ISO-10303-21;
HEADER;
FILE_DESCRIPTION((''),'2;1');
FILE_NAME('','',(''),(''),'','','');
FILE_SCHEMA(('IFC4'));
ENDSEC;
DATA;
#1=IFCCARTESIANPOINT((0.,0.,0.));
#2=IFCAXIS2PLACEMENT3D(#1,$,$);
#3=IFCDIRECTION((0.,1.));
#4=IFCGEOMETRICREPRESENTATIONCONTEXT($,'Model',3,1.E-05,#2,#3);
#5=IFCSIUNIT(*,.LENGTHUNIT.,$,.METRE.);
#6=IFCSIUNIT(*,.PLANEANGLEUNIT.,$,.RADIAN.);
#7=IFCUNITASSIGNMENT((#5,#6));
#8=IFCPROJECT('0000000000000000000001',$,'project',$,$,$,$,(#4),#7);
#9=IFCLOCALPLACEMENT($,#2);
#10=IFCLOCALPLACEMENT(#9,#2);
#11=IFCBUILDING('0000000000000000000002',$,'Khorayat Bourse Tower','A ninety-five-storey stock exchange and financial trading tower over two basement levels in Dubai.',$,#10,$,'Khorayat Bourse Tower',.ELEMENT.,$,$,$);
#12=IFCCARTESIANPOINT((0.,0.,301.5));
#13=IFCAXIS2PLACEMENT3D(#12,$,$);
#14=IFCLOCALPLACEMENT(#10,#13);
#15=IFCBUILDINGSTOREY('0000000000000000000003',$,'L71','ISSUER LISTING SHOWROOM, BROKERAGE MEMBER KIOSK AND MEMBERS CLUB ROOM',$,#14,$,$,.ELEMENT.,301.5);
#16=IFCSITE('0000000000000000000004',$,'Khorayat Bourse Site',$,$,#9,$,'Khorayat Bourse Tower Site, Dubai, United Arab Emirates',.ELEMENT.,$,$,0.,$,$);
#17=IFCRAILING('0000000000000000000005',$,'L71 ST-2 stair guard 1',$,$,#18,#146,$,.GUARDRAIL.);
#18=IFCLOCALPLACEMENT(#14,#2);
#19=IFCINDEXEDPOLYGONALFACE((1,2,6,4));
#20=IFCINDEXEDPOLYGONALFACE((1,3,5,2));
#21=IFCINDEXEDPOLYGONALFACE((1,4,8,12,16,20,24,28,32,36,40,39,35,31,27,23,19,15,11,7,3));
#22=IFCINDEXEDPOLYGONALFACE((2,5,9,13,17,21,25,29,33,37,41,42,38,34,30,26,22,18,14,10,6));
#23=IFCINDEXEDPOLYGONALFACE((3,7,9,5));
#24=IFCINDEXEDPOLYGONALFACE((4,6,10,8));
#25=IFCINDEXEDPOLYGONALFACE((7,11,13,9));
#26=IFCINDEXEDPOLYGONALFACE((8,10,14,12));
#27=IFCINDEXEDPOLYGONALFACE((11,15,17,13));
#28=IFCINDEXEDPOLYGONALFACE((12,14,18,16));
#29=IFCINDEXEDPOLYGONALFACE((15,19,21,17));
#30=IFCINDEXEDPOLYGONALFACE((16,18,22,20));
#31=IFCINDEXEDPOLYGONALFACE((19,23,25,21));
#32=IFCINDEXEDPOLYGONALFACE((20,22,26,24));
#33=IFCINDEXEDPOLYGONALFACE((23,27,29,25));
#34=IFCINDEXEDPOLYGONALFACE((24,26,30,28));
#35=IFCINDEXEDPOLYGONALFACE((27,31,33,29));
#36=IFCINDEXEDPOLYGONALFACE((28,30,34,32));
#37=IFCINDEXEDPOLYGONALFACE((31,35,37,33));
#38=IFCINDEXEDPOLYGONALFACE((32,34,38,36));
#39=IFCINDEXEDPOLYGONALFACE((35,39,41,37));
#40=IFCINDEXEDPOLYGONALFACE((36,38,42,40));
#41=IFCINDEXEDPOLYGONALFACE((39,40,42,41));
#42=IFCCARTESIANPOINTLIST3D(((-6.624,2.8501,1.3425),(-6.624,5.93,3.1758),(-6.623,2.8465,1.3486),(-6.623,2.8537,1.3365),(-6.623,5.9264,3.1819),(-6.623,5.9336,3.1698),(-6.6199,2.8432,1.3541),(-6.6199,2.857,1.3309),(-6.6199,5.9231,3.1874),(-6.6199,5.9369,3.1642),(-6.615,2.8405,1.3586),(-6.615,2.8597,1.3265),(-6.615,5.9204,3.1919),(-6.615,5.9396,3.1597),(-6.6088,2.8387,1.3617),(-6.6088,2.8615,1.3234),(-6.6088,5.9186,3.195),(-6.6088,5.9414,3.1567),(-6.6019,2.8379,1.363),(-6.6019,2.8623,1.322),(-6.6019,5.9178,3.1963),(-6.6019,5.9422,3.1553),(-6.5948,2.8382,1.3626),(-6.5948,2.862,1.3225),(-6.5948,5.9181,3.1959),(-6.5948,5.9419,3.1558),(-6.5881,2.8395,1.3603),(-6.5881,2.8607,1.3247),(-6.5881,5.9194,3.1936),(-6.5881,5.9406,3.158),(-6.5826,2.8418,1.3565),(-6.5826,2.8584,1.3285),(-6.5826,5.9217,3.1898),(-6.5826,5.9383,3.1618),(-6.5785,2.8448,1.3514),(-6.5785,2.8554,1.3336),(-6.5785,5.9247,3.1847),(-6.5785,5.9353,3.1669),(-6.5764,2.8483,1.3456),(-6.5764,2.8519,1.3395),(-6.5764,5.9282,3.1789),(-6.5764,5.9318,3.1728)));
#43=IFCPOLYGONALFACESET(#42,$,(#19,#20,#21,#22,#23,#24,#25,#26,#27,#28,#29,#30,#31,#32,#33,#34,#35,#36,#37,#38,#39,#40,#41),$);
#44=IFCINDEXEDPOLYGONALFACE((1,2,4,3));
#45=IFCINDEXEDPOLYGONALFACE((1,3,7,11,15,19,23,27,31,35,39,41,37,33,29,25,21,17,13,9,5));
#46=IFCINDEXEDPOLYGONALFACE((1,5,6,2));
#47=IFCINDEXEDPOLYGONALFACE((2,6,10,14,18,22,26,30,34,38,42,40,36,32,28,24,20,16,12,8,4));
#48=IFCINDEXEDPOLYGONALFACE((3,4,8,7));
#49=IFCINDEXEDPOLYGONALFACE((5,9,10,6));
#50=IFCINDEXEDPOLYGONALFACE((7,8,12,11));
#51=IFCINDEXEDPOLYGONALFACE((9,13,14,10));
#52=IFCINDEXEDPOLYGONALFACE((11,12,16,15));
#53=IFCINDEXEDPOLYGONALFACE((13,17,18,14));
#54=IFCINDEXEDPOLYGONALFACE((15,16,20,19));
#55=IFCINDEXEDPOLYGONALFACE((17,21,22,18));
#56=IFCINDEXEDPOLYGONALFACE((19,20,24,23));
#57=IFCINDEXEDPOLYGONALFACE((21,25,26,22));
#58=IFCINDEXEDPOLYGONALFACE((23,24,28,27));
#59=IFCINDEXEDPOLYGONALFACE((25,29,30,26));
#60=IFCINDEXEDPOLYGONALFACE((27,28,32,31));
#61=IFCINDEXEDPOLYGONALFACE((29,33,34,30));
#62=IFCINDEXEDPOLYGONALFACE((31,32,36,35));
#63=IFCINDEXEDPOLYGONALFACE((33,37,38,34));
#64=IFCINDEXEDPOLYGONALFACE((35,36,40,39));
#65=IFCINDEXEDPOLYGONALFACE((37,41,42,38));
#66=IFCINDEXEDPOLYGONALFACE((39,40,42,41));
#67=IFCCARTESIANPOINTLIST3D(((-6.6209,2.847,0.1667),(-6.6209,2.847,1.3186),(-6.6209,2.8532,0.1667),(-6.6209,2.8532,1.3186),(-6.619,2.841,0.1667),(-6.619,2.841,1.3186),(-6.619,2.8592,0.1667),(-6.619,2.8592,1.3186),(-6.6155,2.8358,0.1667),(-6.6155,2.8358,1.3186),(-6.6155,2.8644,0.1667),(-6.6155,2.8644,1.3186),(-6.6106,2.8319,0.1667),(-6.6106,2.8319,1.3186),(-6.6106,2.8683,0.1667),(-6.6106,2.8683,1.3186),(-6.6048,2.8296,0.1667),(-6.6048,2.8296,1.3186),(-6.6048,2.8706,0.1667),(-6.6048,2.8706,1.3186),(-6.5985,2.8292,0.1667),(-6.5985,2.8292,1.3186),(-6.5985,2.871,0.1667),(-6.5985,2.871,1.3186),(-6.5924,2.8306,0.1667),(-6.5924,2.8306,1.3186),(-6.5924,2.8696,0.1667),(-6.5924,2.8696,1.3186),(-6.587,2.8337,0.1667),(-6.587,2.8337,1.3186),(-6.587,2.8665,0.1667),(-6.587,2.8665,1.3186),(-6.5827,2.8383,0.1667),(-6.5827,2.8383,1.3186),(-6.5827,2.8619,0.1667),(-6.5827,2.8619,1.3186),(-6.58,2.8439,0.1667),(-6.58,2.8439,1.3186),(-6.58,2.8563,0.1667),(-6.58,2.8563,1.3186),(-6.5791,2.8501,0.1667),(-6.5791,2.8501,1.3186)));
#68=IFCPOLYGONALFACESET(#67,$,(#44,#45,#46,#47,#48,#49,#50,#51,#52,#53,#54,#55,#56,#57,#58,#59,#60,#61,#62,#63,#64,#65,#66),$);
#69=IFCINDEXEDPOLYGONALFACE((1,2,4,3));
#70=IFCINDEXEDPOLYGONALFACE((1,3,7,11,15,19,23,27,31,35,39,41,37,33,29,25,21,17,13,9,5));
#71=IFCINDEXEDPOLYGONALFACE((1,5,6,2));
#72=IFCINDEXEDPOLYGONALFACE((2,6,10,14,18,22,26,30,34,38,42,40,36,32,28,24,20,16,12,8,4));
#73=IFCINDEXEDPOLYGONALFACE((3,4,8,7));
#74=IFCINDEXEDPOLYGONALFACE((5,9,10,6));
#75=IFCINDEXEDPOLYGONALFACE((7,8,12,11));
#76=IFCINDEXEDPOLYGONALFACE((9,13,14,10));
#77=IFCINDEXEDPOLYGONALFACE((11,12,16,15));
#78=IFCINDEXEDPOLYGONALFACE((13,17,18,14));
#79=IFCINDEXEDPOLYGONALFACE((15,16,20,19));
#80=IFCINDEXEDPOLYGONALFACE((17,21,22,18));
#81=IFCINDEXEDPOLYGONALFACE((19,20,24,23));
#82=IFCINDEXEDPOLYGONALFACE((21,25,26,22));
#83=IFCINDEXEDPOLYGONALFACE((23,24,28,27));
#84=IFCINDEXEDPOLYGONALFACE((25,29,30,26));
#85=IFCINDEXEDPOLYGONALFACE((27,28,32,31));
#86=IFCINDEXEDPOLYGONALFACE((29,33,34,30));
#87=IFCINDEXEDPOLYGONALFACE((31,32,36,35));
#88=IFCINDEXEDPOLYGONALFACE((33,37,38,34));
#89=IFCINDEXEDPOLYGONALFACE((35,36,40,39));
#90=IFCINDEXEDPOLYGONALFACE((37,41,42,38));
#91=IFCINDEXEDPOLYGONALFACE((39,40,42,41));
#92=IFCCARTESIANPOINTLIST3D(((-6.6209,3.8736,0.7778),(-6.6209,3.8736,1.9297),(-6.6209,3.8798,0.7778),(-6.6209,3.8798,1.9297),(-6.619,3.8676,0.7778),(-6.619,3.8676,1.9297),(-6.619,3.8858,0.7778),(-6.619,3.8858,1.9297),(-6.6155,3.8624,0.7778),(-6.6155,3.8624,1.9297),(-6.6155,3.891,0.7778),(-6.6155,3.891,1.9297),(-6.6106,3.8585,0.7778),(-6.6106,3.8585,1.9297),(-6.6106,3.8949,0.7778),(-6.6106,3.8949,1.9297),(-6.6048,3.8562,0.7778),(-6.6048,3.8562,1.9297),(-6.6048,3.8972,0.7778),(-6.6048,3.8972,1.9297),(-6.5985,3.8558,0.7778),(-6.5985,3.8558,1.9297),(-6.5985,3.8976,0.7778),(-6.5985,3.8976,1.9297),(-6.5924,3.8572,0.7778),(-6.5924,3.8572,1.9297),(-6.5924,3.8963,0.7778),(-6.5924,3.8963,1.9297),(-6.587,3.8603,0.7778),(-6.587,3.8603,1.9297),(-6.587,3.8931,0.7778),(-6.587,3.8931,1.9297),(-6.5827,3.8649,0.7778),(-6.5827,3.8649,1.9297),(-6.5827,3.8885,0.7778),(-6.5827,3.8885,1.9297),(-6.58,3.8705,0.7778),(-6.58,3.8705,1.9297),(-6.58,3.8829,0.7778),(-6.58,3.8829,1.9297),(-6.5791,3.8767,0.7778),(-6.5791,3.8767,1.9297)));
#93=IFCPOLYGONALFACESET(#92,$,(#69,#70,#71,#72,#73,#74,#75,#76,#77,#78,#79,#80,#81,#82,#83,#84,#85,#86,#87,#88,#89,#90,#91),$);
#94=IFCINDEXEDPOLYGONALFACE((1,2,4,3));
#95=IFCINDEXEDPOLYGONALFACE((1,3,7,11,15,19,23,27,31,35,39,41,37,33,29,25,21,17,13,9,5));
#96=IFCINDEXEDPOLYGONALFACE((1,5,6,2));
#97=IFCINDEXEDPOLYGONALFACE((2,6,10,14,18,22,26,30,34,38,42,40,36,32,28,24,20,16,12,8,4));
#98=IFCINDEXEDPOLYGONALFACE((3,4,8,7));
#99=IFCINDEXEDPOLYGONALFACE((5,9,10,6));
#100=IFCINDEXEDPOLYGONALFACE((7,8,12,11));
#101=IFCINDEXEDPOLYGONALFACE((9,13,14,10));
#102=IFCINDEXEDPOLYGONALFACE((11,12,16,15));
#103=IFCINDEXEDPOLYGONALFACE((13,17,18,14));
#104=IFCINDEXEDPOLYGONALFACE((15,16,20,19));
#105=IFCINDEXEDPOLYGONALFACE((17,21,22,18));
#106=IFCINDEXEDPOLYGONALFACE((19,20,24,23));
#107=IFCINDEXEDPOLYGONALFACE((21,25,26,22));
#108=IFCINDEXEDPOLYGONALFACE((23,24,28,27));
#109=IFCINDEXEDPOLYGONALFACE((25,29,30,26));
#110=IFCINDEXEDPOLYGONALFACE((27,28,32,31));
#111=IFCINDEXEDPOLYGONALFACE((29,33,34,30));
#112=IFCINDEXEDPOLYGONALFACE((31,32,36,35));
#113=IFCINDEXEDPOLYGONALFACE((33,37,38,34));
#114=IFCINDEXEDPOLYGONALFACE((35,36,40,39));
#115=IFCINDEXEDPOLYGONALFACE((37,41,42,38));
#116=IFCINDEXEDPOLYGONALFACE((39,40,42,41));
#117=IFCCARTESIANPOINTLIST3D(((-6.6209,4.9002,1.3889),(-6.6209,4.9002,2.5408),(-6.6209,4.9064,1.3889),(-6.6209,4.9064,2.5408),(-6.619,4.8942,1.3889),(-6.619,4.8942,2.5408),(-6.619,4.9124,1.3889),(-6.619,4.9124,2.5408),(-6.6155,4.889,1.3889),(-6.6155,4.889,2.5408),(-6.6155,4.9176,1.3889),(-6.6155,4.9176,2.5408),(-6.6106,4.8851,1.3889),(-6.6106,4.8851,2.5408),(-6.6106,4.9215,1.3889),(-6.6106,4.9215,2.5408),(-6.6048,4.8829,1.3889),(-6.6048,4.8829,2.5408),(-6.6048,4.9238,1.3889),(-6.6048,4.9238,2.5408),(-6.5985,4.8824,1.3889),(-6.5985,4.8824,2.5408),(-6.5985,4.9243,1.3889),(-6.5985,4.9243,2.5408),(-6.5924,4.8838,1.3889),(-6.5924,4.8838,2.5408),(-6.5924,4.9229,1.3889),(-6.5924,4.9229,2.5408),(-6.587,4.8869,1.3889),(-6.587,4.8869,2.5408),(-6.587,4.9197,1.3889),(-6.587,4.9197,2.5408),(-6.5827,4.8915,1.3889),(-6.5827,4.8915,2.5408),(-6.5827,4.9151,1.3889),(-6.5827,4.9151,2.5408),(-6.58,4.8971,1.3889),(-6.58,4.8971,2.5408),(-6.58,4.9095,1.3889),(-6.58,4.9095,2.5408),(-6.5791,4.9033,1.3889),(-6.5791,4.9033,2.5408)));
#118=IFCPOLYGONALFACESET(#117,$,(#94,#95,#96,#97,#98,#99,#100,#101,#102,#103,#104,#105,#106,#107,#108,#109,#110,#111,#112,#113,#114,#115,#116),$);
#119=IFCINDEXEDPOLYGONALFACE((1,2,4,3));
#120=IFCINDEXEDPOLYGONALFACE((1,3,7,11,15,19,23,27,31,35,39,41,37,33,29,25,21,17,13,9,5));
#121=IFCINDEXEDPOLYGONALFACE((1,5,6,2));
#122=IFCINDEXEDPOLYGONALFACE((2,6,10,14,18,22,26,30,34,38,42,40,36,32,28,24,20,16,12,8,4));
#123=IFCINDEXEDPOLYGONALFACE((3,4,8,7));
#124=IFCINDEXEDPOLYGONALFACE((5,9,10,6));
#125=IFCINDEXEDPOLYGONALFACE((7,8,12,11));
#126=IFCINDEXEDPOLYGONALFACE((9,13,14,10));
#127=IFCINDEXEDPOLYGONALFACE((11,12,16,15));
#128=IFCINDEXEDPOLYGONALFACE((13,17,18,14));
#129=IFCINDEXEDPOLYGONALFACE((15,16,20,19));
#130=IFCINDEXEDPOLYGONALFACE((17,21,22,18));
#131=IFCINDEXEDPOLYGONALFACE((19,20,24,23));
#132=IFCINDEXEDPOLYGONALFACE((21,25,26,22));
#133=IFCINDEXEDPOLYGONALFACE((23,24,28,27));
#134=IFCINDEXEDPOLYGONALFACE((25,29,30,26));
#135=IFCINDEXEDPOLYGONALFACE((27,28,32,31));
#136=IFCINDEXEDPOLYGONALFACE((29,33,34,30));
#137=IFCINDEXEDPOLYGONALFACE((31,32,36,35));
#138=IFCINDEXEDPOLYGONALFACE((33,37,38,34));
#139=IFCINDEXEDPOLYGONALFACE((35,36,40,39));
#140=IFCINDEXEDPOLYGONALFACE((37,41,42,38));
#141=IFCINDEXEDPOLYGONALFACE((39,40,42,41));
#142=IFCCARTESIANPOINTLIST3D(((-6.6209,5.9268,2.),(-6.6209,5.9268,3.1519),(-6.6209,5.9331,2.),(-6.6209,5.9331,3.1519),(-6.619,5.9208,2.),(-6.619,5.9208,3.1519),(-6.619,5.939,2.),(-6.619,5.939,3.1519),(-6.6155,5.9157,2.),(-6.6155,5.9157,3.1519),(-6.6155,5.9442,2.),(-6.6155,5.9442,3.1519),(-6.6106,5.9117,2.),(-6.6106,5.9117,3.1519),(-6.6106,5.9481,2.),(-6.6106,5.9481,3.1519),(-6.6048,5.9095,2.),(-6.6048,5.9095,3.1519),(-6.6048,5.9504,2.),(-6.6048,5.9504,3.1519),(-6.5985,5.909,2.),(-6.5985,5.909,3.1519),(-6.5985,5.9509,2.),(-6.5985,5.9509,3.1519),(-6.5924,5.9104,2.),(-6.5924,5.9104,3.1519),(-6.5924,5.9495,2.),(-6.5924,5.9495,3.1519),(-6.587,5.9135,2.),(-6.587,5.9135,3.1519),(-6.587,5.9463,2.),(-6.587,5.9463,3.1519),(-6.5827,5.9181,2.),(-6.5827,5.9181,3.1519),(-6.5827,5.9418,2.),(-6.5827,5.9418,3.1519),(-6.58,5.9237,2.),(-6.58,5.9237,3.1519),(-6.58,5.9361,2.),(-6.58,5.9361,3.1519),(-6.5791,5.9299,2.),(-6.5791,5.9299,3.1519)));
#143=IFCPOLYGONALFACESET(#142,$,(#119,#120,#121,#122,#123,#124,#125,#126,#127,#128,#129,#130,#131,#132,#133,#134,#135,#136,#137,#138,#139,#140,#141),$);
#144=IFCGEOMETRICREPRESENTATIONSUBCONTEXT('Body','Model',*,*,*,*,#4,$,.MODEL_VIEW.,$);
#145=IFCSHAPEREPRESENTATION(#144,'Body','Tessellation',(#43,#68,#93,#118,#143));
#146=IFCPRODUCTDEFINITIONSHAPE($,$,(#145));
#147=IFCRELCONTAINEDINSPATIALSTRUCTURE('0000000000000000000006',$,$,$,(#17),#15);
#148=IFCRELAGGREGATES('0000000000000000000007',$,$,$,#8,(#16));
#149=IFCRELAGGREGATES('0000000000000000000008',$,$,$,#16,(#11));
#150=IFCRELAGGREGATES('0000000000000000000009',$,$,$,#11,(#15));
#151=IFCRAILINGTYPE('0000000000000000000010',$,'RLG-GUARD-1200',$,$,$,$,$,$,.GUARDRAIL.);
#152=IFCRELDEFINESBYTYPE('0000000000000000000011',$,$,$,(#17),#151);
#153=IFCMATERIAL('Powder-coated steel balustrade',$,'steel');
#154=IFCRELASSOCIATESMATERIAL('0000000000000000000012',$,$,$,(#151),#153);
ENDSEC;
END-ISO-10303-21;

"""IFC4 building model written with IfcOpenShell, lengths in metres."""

from ifc_helpers import new_model, si_unit, direction, frame, origin, origin_2d, place, context, subcontext, project, spatial, circle, extrude, source, transform, mapped, material, type_object, element, save


model = new_model("IFC4")

# Units and contexts
model_context = context("Model", 3, precision=1e-05, world=origin(), true_north=direction((0.0, 1.0)))
body_context = subcontext(model_context, "Body", "Model", "MODEL_VIEW")
ifc_project = project(units=[si_unit("LENGTHUNIT", "METRE"), si_unit("PLANEANGLEUNIT", "RADIAN")], contexts=[model_context])

# Site, building, storey
site_placement = place(None, origin())
site = spatial("IfcSite", under=ifc_project, at=site_placement, Name="Khorayat Bourse Site", LongName="Khorayat Bourse Tower Site, Dubai, United Arab Emirates", CompositionType="ELEMENT", RefElevation=0.0)
building_placement = place(site_placement, origin())
building = spatial("IfcBuilding", under=site, at=building_placement, Name="Khorayat Bourse Tower", Description="A ninety-five-storey stock exchange and financial trading tower over two basement levels in Dubai.", LongName="Khorayat Bourse Tower", CompositionType="ELEMENT")
storey_placement = place(building_placement, frame((0.0, 0.0, 301.5)))
storey = spatial("IfcBuildingStorey", under=building, at=storey_placement, Name="L71", Description="ISSUER LISTING SHOWROOM, BROKERAGE MEMBER KIOSK AND MEMBERS CLUB ROOM", CompositionType="ELEMENT", Elevation=301.5)

# Railing
ifc_material_1 = material(Name="Powder-coated steel balustrade", Category="steel")
railing_type_1 = type_object("IfcRailingType", Name="RLG-GUARD-1200", PredefinedType="GUARDRAIL", material=ifc_material_1)
shared_shape_1 = source(origin(), body_context, "Body", "SweptSolid", [
    extrude(circle(Radius=0.0239, at=origin_2d()), frame((0.0, 0.0, 1.1758), z_axis=(0.0, 0.859291, 0.511487), x_axis=(-1.0, 0.0, 0.0)), (0.0, 0.0, 1.0), 3.5842),
    extrude(circle(Radius=0.021, at=origin_2d()), origin(), (0.0, 0.0, 1.0), 1.1519),
    extrude(circle(Radius=0.021, at=origin_2d()), frame((0.0, 1.0266, 0.6111)), (0.0, 0.0, 1.0), 1.1519),
    extrude(circle(Radius=0.021, at=origin_2d()), frame((0.0, 2.0532, 1.2222)), (0.0, 0.0, 1.0), 1.1519),
    extrude(circle(Radius=0.021, at=origin_2d()), frame((0.0, 3.0798, 1.8333)), (0.0, 0.0, 1.0), 1.1519),
])
railing_1_placement = place(storey_placement, frame((-6.6001, 2.8501, 0.1667)))
element("IfcRailing", 1, at=railing_1_placement, inside=storey, type_object=railing_type_1, Name="L71 ST-2 stair guard 1", PredefinedType="GUARDRAIL", context=body_context, shape_type="MappedRepresentation", body=[
    mapped(shared_shape_1, transform((0.0, 0.0, 0.0), scale=1.0)),
])

save(model, "model.ifc")
